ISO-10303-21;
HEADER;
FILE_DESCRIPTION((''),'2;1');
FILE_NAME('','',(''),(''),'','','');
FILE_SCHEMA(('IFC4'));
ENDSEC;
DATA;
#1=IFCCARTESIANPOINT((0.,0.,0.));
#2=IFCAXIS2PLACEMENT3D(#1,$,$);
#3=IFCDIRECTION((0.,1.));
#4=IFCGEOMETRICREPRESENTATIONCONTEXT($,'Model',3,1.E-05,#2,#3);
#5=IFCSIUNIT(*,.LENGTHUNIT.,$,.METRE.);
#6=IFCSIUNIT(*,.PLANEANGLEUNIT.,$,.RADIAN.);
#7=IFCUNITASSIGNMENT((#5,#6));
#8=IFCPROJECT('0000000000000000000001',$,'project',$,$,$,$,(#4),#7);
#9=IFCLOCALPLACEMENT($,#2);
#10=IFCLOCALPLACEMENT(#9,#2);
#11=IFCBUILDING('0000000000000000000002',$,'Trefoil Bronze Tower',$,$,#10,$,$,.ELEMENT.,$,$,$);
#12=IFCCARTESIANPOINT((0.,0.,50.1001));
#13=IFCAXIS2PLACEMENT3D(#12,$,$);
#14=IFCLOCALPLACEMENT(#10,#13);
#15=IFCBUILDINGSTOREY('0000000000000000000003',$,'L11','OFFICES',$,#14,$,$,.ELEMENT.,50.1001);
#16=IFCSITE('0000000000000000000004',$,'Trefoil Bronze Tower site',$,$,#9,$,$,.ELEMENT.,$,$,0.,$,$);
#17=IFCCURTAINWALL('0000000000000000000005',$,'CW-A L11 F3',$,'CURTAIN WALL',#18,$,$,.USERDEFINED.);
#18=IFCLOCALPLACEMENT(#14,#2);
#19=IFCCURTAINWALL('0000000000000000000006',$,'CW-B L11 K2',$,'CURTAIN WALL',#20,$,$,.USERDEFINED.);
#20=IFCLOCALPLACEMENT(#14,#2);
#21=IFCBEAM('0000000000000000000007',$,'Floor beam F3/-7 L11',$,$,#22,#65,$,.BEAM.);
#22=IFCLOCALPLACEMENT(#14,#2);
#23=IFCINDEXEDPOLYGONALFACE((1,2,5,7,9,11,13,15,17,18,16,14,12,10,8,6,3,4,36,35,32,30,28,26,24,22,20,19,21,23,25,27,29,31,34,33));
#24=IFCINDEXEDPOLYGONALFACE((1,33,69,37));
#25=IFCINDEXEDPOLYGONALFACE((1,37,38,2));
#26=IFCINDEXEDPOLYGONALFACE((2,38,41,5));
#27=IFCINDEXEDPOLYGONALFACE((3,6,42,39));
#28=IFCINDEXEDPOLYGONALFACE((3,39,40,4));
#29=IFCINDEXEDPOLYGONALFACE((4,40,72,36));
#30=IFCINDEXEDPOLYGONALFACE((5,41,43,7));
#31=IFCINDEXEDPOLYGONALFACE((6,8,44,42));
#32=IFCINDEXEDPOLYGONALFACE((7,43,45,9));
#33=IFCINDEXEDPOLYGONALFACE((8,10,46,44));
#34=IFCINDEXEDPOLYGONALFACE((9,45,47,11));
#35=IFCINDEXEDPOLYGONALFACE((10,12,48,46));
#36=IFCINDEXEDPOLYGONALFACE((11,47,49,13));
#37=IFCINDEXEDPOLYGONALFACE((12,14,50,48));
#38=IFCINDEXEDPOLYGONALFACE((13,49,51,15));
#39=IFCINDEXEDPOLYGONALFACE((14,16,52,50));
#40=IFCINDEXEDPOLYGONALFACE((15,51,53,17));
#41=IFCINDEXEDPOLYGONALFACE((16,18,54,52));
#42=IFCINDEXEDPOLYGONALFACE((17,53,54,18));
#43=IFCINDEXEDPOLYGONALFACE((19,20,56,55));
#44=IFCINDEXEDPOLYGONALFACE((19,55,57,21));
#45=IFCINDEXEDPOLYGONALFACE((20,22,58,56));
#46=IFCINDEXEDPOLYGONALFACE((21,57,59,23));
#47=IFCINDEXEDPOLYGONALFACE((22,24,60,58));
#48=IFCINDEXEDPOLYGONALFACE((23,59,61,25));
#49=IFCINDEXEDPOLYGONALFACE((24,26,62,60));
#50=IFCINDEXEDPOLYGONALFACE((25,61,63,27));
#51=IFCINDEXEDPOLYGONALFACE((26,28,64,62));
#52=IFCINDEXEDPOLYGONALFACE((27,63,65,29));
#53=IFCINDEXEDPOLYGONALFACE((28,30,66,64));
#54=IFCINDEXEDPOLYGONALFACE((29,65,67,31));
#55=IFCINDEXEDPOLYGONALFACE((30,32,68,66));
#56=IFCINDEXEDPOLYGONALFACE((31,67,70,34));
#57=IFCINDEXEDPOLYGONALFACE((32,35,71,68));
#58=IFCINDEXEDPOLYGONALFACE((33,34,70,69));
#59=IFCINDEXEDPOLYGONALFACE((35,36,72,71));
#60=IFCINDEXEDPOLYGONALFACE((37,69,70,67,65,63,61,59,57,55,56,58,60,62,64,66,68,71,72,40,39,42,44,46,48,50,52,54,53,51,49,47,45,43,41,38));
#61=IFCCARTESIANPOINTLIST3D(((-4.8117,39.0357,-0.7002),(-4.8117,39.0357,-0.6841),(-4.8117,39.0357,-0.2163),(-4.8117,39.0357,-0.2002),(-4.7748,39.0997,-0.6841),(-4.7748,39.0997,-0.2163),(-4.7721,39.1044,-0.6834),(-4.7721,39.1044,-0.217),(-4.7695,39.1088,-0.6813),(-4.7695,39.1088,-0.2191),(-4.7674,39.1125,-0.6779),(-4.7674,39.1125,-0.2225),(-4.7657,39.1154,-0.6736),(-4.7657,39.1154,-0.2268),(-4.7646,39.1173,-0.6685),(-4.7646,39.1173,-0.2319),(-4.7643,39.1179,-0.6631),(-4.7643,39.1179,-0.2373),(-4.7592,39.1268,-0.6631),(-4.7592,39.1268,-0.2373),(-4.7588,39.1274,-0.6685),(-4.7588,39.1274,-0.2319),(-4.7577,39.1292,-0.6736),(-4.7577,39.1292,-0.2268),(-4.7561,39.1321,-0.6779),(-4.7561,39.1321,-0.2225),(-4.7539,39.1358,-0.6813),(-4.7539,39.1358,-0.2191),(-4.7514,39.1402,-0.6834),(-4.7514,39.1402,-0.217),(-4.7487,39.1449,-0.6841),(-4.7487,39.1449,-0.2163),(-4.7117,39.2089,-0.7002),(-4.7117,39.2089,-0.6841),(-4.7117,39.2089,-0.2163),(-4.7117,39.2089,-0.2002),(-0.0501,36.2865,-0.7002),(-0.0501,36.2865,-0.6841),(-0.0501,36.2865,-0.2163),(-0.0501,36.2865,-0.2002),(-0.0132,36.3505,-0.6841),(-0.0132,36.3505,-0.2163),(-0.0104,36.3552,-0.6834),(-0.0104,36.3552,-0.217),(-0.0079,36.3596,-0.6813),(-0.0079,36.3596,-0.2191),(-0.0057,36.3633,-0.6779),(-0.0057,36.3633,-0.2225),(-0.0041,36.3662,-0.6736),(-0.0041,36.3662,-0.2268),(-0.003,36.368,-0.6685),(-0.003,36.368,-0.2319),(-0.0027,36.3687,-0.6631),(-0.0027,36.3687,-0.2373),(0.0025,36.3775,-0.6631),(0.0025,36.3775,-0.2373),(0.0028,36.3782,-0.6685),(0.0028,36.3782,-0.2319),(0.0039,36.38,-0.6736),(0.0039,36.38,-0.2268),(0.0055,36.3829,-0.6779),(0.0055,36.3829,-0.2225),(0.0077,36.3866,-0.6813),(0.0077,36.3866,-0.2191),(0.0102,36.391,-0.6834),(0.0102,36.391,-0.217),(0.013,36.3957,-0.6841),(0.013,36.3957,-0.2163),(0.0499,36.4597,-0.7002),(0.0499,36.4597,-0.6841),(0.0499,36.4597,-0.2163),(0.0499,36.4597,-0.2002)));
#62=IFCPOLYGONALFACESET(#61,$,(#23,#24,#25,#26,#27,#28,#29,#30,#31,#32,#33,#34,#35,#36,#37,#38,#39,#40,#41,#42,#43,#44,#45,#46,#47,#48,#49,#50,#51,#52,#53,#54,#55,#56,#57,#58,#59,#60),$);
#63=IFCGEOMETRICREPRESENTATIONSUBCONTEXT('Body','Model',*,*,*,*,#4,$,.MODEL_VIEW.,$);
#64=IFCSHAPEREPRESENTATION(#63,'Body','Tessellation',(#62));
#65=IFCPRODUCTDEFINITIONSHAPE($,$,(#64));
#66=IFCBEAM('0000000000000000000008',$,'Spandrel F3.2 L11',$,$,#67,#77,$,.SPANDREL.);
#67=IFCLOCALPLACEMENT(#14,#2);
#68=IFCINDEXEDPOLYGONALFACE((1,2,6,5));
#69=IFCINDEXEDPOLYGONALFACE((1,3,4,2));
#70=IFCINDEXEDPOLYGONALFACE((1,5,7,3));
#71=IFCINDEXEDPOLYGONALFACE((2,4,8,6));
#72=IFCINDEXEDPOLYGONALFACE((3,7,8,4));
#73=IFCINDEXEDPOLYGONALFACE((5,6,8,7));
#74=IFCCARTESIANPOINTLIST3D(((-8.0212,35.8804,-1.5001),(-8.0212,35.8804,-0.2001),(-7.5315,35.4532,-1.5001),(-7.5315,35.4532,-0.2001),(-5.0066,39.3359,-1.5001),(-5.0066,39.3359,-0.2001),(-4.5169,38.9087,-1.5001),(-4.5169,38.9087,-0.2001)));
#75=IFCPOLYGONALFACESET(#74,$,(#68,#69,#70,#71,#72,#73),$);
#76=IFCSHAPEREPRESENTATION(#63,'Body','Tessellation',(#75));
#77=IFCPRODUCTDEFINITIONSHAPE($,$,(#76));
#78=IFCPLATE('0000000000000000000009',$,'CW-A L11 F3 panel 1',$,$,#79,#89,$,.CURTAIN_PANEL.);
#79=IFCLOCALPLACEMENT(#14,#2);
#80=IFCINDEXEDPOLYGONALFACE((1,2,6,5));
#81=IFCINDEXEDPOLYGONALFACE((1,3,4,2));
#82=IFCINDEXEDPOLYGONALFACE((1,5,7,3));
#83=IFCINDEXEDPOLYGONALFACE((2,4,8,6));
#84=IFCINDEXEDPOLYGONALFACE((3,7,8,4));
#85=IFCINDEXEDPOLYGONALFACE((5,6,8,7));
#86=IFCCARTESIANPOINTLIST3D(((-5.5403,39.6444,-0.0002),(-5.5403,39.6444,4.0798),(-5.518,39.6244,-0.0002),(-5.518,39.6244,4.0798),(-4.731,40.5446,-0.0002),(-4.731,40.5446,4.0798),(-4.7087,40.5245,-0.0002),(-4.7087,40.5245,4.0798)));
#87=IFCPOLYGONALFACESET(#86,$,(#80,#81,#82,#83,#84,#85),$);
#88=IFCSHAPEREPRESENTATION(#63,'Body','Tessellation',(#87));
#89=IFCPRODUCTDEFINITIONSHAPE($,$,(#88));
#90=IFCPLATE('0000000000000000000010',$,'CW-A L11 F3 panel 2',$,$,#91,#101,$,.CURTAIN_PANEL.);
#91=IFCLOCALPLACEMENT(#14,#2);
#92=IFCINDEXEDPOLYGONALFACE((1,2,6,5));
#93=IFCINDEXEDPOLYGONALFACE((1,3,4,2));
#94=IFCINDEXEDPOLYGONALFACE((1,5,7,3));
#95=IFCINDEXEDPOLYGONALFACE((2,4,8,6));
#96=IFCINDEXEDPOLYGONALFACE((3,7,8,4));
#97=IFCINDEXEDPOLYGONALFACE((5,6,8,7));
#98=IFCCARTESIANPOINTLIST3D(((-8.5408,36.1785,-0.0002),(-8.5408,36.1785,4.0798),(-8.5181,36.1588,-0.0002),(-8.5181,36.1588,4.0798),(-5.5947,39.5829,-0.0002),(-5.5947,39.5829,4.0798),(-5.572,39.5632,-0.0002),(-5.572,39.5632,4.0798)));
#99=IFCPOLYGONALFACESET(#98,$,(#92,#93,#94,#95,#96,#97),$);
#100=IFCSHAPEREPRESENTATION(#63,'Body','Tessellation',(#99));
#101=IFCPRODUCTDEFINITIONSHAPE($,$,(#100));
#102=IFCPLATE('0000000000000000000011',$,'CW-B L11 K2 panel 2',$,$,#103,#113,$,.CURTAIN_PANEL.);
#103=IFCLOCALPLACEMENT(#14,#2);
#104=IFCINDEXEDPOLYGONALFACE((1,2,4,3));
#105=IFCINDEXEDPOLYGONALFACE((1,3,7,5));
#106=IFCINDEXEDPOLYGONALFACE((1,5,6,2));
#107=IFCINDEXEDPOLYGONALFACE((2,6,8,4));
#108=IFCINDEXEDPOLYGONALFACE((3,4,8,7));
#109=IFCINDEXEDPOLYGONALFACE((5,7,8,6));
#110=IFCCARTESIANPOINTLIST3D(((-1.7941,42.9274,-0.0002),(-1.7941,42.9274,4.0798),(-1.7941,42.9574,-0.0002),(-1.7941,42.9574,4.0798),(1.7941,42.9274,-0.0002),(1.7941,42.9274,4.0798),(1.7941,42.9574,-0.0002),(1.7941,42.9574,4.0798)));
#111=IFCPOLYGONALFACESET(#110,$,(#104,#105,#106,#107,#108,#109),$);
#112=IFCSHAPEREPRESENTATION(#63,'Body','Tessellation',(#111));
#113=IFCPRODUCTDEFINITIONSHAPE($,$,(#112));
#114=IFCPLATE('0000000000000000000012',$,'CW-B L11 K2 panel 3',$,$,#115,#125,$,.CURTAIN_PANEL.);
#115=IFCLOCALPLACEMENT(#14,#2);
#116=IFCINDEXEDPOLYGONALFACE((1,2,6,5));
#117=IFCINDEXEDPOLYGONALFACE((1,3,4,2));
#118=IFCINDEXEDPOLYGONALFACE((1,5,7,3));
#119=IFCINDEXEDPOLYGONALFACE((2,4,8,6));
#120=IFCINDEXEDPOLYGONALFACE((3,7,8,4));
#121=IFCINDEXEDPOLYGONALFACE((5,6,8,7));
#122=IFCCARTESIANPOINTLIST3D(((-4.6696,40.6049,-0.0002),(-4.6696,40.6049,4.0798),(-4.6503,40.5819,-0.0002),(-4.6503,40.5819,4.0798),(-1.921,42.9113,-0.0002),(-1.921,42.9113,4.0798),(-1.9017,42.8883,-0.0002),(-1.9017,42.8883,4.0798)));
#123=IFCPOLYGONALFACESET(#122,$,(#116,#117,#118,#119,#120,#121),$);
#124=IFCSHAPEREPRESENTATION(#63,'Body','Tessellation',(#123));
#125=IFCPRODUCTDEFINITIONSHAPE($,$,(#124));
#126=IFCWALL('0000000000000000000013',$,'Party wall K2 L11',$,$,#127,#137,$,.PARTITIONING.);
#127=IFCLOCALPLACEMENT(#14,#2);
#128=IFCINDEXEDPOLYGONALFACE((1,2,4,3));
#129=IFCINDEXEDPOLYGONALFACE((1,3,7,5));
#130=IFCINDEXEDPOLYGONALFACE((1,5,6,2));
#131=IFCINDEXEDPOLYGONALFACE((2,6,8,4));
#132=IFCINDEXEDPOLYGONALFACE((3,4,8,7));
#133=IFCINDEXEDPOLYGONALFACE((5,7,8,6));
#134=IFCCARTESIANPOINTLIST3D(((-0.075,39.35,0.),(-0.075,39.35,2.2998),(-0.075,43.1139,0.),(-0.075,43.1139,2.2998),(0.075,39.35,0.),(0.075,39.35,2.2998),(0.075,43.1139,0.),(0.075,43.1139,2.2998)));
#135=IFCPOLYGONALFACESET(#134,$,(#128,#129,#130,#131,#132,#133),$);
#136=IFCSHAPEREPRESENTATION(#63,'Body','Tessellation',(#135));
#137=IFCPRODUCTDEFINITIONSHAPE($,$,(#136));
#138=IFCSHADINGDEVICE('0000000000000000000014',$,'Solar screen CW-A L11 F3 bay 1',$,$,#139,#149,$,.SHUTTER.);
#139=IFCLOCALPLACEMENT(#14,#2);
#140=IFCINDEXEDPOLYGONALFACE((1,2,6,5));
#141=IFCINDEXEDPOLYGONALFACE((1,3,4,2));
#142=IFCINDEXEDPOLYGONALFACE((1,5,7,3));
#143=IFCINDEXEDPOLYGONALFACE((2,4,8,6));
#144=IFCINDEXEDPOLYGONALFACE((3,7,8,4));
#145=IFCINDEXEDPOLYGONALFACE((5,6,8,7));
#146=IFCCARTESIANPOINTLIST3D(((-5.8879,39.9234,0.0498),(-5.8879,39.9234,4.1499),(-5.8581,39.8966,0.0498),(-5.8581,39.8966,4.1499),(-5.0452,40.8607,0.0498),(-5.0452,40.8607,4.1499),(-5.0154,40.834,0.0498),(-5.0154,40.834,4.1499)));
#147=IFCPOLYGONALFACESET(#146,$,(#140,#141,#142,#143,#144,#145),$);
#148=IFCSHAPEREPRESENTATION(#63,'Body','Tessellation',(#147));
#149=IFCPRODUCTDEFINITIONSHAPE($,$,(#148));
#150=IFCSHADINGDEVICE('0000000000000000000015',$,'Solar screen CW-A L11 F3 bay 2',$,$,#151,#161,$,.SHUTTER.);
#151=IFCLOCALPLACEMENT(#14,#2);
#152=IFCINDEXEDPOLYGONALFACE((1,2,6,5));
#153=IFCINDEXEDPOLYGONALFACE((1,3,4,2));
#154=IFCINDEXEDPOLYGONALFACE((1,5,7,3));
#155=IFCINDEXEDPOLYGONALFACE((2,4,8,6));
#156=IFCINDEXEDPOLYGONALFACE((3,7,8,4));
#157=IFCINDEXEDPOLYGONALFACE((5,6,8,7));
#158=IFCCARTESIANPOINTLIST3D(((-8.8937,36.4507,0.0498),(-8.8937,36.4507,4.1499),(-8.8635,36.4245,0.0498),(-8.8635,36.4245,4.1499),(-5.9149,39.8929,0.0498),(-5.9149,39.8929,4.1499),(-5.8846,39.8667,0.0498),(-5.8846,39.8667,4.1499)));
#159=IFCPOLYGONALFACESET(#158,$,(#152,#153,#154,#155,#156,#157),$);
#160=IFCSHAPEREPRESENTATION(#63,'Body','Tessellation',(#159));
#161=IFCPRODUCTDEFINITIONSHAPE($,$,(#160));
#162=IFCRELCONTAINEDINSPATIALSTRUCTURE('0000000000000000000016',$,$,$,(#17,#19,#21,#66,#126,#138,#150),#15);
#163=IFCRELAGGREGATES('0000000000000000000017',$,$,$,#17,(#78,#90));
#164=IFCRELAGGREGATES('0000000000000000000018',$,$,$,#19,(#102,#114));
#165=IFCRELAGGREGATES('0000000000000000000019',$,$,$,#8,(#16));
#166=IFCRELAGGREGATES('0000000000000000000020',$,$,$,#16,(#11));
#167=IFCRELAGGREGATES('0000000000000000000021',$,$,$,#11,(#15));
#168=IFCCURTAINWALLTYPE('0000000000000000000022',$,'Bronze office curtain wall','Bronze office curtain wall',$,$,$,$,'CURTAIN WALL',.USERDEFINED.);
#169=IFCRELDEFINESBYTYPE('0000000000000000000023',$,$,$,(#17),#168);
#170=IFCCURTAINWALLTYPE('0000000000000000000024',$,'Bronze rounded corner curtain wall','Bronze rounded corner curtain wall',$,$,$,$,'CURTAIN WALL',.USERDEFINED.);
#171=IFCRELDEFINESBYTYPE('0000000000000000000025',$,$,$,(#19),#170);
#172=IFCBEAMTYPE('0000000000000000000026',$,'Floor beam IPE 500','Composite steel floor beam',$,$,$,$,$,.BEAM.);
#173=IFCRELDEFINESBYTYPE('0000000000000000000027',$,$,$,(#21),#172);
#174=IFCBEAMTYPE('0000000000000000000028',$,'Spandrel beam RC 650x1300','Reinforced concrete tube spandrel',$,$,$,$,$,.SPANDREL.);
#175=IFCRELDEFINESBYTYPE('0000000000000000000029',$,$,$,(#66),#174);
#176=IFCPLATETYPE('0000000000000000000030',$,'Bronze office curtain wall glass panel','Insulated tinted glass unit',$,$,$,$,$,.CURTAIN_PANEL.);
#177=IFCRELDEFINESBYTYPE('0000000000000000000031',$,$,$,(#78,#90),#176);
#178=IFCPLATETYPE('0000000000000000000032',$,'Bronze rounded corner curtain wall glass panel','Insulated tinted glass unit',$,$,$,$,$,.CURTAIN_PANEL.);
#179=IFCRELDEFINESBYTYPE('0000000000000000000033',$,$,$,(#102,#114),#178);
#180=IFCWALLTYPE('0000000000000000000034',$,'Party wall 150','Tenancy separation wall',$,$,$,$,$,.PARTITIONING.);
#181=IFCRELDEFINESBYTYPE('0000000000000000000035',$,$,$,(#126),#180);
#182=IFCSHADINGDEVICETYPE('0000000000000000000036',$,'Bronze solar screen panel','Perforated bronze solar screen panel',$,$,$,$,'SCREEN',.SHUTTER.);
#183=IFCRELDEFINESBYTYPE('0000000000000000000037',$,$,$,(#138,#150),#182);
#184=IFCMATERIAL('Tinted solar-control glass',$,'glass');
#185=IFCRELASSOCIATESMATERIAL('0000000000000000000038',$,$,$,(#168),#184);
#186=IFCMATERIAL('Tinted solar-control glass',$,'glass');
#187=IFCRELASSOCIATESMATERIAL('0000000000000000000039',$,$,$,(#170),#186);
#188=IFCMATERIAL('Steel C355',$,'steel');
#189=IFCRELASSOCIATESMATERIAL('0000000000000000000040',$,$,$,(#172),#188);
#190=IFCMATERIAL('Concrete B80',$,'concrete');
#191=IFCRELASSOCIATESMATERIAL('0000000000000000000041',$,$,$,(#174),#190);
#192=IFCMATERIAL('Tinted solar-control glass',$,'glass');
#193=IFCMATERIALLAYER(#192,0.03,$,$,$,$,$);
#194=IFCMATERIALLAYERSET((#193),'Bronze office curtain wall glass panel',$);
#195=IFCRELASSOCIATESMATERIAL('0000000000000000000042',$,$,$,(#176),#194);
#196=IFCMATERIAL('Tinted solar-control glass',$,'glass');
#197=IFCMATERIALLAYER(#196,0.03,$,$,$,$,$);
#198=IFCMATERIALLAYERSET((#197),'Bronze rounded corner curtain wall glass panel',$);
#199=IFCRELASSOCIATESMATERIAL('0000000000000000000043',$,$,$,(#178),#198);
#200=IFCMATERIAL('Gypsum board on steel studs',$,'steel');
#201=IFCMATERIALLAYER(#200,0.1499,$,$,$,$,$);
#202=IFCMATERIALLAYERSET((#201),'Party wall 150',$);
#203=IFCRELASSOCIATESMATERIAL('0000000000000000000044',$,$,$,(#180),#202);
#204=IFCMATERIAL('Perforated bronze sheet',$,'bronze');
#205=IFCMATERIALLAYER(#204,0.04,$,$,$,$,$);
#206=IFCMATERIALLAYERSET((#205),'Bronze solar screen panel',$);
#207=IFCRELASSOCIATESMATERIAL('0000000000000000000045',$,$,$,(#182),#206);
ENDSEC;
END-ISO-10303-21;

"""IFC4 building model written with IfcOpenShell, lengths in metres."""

from ifc_helpers import new_model, si_unit, direction, frame, frame_2d, origin, origin_2d, place, context, subcontext, project, spatial, rectangle, i_section, extrude, material, layer, layer_set, material_profile, profile_set, type_object, element, aggregate, save


model = new_model("IFC4")

# Units and contexts
model_context = context("Model", 3, precision=1e-05, world=origin(), true_north=direction((0.0, 1.0)))
body_context = subcontext(model_context, "Body", "Model", "MODEL_VIEW")
ifc_project = project(units=[si_unit("LENGTHUNIT", "METRE"), si_unit("PLANEANGLEUNIT", "RADIAN")], contexts=[model_context])

# Site, building, storey
site_placement = place(None, origin())
site = spatial("IfcSite", under=ifc_project, at=site_placement, Name="Trefoil Bronze Tower site", CompositionType="ELEMENT", RefElevation=0.0)
building_placement = place(site_placement, origin())
building = spatial("IfcBuilding", under=site, at=building_placement, Name="Trefoil Bronze Tower", CompositionType="ELEMENT")
storey_placement = place(building_placement, frame((0.0, 0.0, 50.1001)))
storey = spatial("IfcBuildingStorey", under=building, at=storey_placement, Name="L11", Description="OFFICES", CompositionType="ELEMENT", Elevation=50.1001)

# Curtain walls
ifc_material_1 = material(Name="Tinted solar-control glass", Category="glass")
curtain_wall_type_1 = type_object("IfcCurtainWallType", Name="Bronze office curtain wall", Description="Bronze office curtain wall", ElementType="CURTAIN WALL", PredefinedType="USERDEFINED", material=ifc_material_1)
curtain_wall_1_placement = place(storey_placement, origin())
curtain_wall_1 = element("IfcCurtainWall", 1, at=curtain_wall_1_placement, inside=storey, type_object=curtain_wall_type_1, Name="CW-A L11 F3", ObjectType="CURTAIN WALL", PredefinedType="USERDEFINED")
ifc_material_2 = material(Name="Tinted solar-control glass", Category="glass")
curtain_wall_type_2 = type_object("IfcCurtainWallType", Name="Bronze rounded corner curtain wall", Description="Bronze rounded corner curtain wall", ElementType="CURTAIN WALL", PredefinedType="USERDEFINED", material=ifc_material_2)
curtain_wall_2_placement = place(storey_placement, origin())
curtain_wall_2 = element("IfcCurtainWall", 2, at=curtain_wall_2_placement, inside=storey, type_object=curtain_wall_type_2, Name="CW-B L11 K2", ObjectType="CURTAIN WALL", PredefinedType="USERDEFINED")

# Beams
ifc_material_3 = material(Name="Steel C355", Category="steel")
ifc_material_profile_1 = material_profile(ifc_material_3, i_section(OverallWidth=0.2, OverallDepth=0.5, WebThickness=0.0103, FlangeThickness=0.0161, FilletRadius=0.021, at=origin_2d()), Name="IPE 500")
ifc_profile_set_1 = profile_set([ifc_material_profile_1], Name="Steel C355")
beam_type_1 = type_object("IfcBeamType", Name="Floor beam IPE 500", Description="Composite steel floor beam", PredefinedType="BEAM", material=ifc_profile_set_1)
beam_1_placement = place(storey_placement, frame((-4.7617, 39.1223, -0.4502), z_axis=(0.866018, -0.500012, 0.0), x_axis=(0.500012, 0.866018, 0.0)))
element("IfcBeam", 3, at=beam_1_placement, inside=storey, type_object=beam_type_1, Name="Floor beam F3/-7 L11", PredefinedType="BEAM", context=body_context, shape_type="SweptSolid", body=[
    extrude(i_section(OverallWidth=0.2, OverallDepth=0.5, WebThickness=0.0103, FlangeThickness=0.0161, FilletRadius=0.021, at=origin_2d()), origin(), (0.0, 0.0, 1.0), 5.4983),
])
ifc_material_4 = material(Name="Concrete B80", Category="concrete")
ifc_material_profile_2 = material_profile(ifc_material_4, rectangle(XDim=0.6499, YDim=1.3, at=origin_2d()), Name="RC 650x1300")
ifc_profile_set_2 = profile_set([ifc_material_profile_2], Name="Concrete B80")
beam_type_2 = type_object("IfcBeamType", Name="Spandrel beam RC 650x1300", Description="Reinforced concrete tube spandrel", PredefinedType="SPANDREL", material=ifc_profile_set_2)
beam_2_placement = place(storey_placement, frame((-4.7617, 39.1223, -0.8501), z_axis=(-0.657396, -0.753545, 0.0), x_axis=(0.753545, -0.657396, 0.0)))
element("IfcBeam", 4, at=beam_2_placement, inside=storey, type_object=beam_type_2, Name="Spandrel F3.2 L11", PredefinedType="SPANDREL", context=body_context, shape_type="SweptSolid", body=[
    extrude(rectangle(XDim=0.6499, YDim=1.3, at=origin_2d()), origin(), (0.0, 0.0, 1.0), 4.5857),
])

# Plates
ifc_material_5 = material(Name="Tinted solar-control glass", Category="glass")
ifc_layer_1 = layer(ifc_material_5, 0.03)
ifc_layer_set_1 = layer_set([ifc_layer_1], Name="Bronze office curtain wall glass panel")
plate_type_1 = type_object("IfcPlateType", Name="Bronze office curtain wall glass panel", Description="Insulated tinted glass unit", PredefinedType="CURTAIN_PANEL", material=ifc_layer_set_1)
plate_1_placement = place(storey_placement, frame((-5.1245, 40.0845, -0.0002), z_axis=(0.0, 0.0, 1.0), x_axis=(-0.668575, -0.743645, 0.0)))
plate_1 = element("IfcPlate", 5, at=plate_1_placement, type_object=plate_type_1, Name="CW-A L11 F3 panel 1", PredefinedType="CURTAIN_PANEL", context=body_context, shape_type="SweptSolid", body=[
    extrude(rectangle(XDim=1.2104, YDim=0.03, at=origin_2d()), origin(), (0.0, 0.0, 1.0), 4.0801),
])
plate_2_placement = place(storey_placement, frame((-7.0564, 37.8708, -0.0002), z_axis=(0.0, 0.0, 1.0), x_axis=(-0.654376, -0.756169, 0.0)))
plate_2 = element("IfcPlate", 6, at=plate_2_placement, type_object=plate_type_1, Name="CW-A L11 F3 panel 2", PredefinedType="CURTAIN_PANEL", context=body_context, shape_type="SweptSolid", body=[
    extrude(rectangle(XDim=4.5022, YDim=0.03, at=origin_2d()), origin(), (0.0, 0.0, 1.0), 4.0801),
])
aggregate(curtain_wall_1, [plate_1, plate_2])
ifc_material_6 = material(Name="Tinted solar-control glass", Category="glass")
ifc_layer_2 = layer(ifc_material_6, 0.03)
ifc_layer_set_2 = layer_set([ifc_layer_2], Name="Bronze rounded corner curtain wall glass panel")
plate_type_2 = type_object("IfcPlateType", Name="Bronze rounded corner curtain wall glass panel", Description="Insulated tinted glass unit", PredefinedType="CURTAIN_PANEL", material=ifc_layer_set_2)
plate_3_placement = place(storey_placement, frame((0.0, 42.9424, -0.0002), z_axis=(0.0, 0.0, 1.0), x_axis=(-1.0, 0.0, 0.0)))
plate_3 = element("IfcPlate", 7, at=plate_3_placement, type_object=plate_type_2, Name="CW-B L11 K2 panel 2", PredefinedType="CURTAIN_PANEL", context=body_context, shape_type="SweptSolid", body=[
    extrude(rectangle(XDim=3.5881, YDim=0.03, at=origin_2d()), origin(), (0.0, 0.0, 1.0), 4.0801),
])
plate_4_placement = place(storey_placement, frame((-3.2856, 41.7466, -0.0002), z_axis=(0.0, 0.0, 1.0), x_axis=(-0.766044, -0.642788, 0.0)))
plate_4 = element("IfcPlate", 8, at=plate_4_placement, type_object=plate_type_2, Name="CW-B L11 K2 panel 3", PredefinedType="CURTAIN_PANEL", context=body_context, shape_type="SweptSolid", body=[
    extrude(rectangle(XDim=3.5881, YDim=0.03, at=origin_2d()), origin(), (0.0, 0.0, 1.0), 4.0801),
])
aggregate(curtain_wall_2, [plate_3, plate_4])

# Wall
ifc_material_7 = material(Name="Gypsum board on steel studs", Category="steel")
ifc_layer_3 = layer(ifc_material_7, 0.1499)
ifc_layer_set_3 = layer_set([ifc_layer_3], Name="Party wall 150")
wall_type = type_object("IfcWallType", Name="Party wall 150", Description="Tenancy separation wall", PredefinedType="PARTITIONING", material=ifc_layer_set_3)
wall_placement = place(storey_placement, frame((0.0, 39.3501, 0.0), z_axis=(0.0, 0.0, 1.0), x_axis=(0.0, 1.0, 0.0)))
element("IfcWall", 9, at=wall_placement, inside=storey, type_object=wall_type, Name="Party wall K2 L11", PredefinedType="PARTITIONING", context=body_context, shape_type="SweptSolid", body=[
    extrude(rectangle(XDim=3.7639, YDim=0.1499, at=frame_2d((1.8818, 0.0))), origin(), (0.0, 0.0, 1.0), 2.2998),
])

# Shading devices
ifc_material_8 = material(Name="Perforated bronze sheet", Category="bronze")
ifc_layer_4 = layer(ifc_material_8, 0.04)
ifc_layer_set_4 = layer_set([ifc_layer_4], Name="Bronze solar screen panel")
shading_device_type = type_object("IfcShadingDeviceType", Name="Bronze solar screen panel", Description="Perforated bronze solar screen panel", ElementType="SCREEN", PredefinedType="SHUTTER", material=ifc_layer_set_4)
shading_device_1_placement = place(storey_placement, frame((-5.4517, 40.3787, 0.0498), z_axis=(0.0, 0.0, 1.0), x_axis=(-0.668575, -0.743645, 0.0)))
element("IfcShadingDevice", 10, at=shading_device_1_placement, inside=storey, type_object=shading_device_type, Name="Solar screen CW-A L11 F3 bay 1", PredefinedType="SHUTTER", context=body_context, shape_type="SweptSolid", body=[
    extrude(rectangle(XDim=1.2605, YDim=0.04, at=origin_2d()), origin(), (0.0, 0.0, 1.0), 4.1001),
])
shading_device_2_placement = place(storey_placement, frame((-7.3892, 38.1587, 0.0498), z_axis=(0.0, 0.0, 1.0), x_axis=(-0.654376, -0.756169, 0.0)))
element("IfcShadingDevice", 11, at=shading_device_2_placement, inside=storey, type_object=shading_device_type, Name="Solar screen CW-A L11 F3 bay 2", PredefinedType="SHUTTER", context=body_context, shape_type="SweptSolid", body=[
    extrude(rectangle(XDim=4.5522, YDim=0.04, at=origin_2d()), origin(), (0.0, 0.0, 1.0), 4.1001),
])

save(model, "model.ifc")
